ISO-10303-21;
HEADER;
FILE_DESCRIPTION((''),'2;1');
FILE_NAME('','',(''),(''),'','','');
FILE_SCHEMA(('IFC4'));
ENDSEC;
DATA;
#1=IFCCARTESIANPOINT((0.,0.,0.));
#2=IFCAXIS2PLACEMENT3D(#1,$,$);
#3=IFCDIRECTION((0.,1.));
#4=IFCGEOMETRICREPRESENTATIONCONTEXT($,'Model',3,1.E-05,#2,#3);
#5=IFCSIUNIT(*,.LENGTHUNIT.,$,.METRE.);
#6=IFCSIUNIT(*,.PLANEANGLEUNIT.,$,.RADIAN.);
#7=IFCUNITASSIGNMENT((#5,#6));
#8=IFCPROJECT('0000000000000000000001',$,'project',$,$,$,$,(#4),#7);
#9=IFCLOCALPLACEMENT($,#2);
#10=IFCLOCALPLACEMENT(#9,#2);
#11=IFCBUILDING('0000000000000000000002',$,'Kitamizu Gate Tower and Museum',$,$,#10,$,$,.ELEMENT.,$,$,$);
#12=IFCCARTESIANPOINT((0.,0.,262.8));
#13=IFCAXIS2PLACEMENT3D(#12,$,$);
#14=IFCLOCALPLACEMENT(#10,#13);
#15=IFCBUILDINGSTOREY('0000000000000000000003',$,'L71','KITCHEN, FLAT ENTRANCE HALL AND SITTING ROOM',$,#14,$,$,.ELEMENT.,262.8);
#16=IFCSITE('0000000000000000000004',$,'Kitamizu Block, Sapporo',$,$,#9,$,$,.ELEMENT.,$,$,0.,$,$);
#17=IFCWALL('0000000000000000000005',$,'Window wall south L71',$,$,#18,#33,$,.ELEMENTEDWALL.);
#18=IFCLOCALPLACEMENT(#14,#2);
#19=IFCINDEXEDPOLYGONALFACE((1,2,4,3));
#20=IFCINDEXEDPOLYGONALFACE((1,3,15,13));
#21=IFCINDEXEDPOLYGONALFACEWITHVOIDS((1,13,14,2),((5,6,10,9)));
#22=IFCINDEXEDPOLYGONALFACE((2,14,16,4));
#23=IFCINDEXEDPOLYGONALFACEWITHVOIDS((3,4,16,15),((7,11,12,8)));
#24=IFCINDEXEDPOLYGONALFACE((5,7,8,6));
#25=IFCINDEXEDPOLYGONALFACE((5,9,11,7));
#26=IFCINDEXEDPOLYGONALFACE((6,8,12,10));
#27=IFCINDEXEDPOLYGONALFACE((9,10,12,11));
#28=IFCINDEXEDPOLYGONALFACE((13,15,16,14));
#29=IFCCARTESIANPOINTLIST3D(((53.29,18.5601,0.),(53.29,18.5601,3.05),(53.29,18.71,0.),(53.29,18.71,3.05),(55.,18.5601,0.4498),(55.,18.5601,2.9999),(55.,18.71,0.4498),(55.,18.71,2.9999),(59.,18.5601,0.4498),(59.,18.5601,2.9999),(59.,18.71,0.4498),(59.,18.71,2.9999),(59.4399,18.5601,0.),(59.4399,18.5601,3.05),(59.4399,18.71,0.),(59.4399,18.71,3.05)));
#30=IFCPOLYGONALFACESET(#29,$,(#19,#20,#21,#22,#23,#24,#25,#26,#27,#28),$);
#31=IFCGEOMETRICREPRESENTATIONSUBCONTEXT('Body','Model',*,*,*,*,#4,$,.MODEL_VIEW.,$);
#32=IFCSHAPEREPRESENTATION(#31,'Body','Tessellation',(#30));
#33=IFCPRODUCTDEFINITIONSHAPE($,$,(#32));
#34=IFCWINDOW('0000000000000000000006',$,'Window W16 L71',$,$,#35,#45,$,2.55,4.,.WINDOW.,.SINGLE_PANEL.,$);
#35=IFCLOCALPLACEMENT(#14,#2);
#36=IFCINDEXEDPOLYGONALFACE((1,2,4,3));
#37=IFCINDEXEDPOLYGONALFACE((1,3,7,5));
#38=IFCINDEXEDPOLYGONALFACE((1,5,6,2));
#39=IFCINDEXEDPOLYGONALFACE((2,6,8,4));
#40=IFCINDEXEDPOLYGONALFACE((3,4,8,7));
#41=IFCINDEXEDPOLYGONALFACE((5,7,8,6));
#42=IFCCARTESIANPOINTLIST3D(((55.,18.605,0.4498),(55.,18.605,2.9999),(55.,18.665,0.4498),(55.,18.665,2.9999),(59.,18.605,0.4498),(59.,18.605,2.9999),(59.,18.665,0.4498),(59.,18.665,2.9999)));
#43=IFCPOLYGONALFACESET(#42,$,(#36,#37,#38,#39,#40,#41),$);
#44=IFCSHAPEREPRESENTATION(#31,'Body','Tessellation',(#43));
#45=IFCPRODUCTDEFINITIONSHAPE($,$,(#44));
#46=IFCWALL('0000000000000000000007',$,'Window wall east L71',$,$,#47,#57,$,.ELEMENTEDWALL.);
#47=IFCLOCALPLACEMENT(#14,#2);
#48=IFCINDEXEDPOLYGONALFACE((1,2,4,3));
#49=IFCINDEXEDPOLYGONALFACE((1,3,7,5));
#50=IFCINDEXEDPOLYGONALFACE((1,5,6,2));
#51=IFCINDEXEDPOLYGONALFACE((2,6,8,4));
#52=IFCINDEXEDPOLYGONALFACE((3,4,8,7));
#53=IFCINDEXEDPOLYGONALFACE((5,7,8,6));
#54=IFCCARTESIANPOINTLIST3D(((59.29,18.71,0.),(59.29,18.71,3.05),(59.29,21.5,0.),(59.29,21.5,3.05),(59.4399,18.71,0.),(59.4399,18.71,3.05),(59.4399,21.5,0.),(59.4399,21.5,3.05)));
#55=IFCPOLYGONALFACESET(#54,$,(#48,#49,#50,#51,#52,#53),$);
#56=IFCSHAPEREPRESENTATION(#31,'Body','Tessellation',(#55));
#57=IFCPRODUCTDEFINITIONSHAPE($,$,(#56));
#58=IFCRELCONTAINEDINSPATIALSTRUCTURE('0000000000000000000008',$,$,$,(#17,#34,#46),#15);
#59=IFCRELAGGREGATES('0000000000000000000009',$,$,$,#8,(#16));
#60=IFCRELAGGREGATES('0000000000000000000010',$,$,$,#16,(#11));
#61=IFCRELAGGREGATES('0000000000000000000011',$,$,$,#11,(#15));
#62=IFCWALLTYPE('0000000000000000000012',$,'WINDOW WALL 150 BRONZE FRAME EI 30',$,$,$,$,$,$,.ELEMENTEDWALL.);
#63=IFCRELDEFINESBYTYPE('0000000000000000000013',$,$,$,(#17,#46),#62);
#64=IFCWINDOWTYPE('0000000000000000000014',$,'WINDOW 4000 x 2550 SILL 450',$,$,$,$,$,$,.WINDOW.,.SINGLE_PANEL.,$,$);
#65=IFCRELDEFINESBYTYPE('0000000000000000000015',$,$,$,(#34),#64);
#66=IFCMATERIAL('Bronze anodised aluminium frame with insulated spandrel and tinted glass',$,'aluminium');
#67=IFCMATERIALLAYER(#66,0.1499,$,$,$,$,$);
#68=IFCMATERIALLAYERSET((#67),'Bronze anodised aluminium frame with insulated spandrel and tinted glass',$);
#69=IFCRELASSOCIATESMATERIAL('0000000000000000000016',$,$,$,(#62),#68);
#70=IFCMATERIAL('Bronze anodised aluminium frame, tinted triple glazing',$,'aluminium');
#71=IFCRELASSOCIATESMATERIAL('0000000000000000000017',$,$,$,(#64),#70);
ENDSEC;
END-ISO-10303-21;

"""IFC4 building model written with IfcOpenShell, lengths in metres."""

from ifc_helpers import new_model, si_unit, direction, frame, frame_2d, origin, place, context, subcontext, project, spatial, rectangle, extrude, material, layer, layer_set, type_object, element, fill, save


model = new_model("IFC4")

# Units and contexts
model_context = context("Model", 3, precision=1e-05, world=origin(), true_north=direction((0.0, 1.0)))
body_context = subcontext(model_context, "Body", "Model", "MODEL_VIEW")
ifc_project = project(units=[si_unit("LENGTHUNIT", "METRE"), si_unit("PLANEANGLEUNIT", "RADIAN")], contexts=[model_context])

# Site, building, storey
site_placement = place(None, origin())
site = spatial("IfcSite", under=ifc_project, at=site_placement, Name="Kitamizu Block, Sapporo", CompositionType="ELEMENT", RefElevation=0.0)
building_placement = place(site_placement, origin())
building = spatial("IfcBuilding", under=site, at=building_placement, Name="Kitamizu Gate Tower and Museum", CompositionType="ELEMENT")
storey_placement = place(building_placement, frame((0.0, 0.0, 262.8)))
storey = spatial("IfcBuildingStorey", under=building, at=storey_placement, Name="L71", Description="KITCHEN, FLAT ENTRANCE HALL AND SITTING ROOM", CompositionType="ELEMENT", Elevation=262.8)

# Wall, opening, window
ifc_material_1 = material(Name="Bronze anodised aluminium frame with insulated spandrel and tinted glass", Category="aluminium")
ifc_layer_1 = layer(ifc_material_1, 0.1499)
ifc_layer_set_1 = layer_set([ifc_layer_1], Name="Bronze anodised aluminium frame with insulated spandrel and tinted glass")
wall_type_1 = type_object("IfcWallType", Name="WINDOW WALL 150 BRONZE FRAME EI 30", PredefinedType="ELEMENTEDWALL", material=ifc_layer_set_1)
ifc_material_2 = material(Name="Bronze anodised aluminium frame, tinted triple glazing", Category="aluminium")
window_type = type_object("IfcWindowType", Name="WINDOW 4000 x 2550 SILL 450", PartitioningType="SINGLE_PANEL", PredefinedType="WINDOW", material=ifc_material_2)
wall_1_placement = place(storey_placement, frame((53.29, 18.635, 0.0), z_axis=(0.0, 0.0, 1.0), x_axis=(1.0, 0.0, 0.0)))
wall_1 = element("IfcWall", 1, at=wall_1_placement, inside=storey, type_object=wall_type_1, Name="Window wall south L71", PredefinedType="ELEMENTEDWALL", context=body_context, shape_type="SweptSolid", body=[
    extrude(rectangle(XDim=6.1499, YDim=0.1499, at=frame_2d((3.075, 0.0))), origin(), (0.0, 0.0, 1.0), 3.05),
])
opening_1_placement = place(wall_1_placement, frame((1.71, 0.0, 0.45)))
opening_1 = element("IfcOpeningElement", 2, at=opening_1_placement, cuts=wall_1, PredefinedType="OPENING", context=body_context, shape_type="SweptSolid", body=[
    extrude(rectangle(XDim=4.0, YDim=2.55, at=frame_2d((2.0, 1.2749))), frame((0.0, 0.085, 0.0), z_axis=(0.0, -1.0, 0.0), x_axis=(1.0, 0.0, 0.0)), (0.0, 0.0, 1.0), 0.1699),
])
window_1_placement = place(opening_1_placement, origin())
window_1 = element("IfcWindow", 3, at=window_1_placement, inside=storey, type_object=window_type, Name="Window W16 L71", OverallHeight=2.55, OverallWidth=4.0, PartitioningType="SINGLE_PANEL", PredefinedType="WINDOW", context=body_context, shape_type="SweptSolid", body=[
    extrude(rectangle(XDim=4.0, YDim=2.55, at=frame_2d((2.0, 1.2749))), frame((0.0, 0.03, 0.0), z_axis=(0.0, -1.0, 0.0), x_axis=(1.0, 0.0, 0.0)), (0.0, 0.0, 1.0), 0.0601),
])
fill(opening_1, window_1)

# Wall
wall_2_placement = place(storey_placement, frame((59.365, 18.71, 0.0), z_axis=(0.0, 0.0, 1.0), x_axis=(0.0, 1.0, 0.0)))
element("IfcWall", 4, at=wall_2_placement, inside=storey, type_object=wall_type_1, Name="Window wall east L71", PredefinedType="ELEMENTEDWALL", context=body_context, shape_type="SweptSolid", body=[
    extrude(rectangle(XDim=2.79, YDim=0.1499, at=frame_2d((1.395, 0.0))), origin(), (0.0, 0.0, 1.0), 3.05),
])

save(model, "model.ifc")
